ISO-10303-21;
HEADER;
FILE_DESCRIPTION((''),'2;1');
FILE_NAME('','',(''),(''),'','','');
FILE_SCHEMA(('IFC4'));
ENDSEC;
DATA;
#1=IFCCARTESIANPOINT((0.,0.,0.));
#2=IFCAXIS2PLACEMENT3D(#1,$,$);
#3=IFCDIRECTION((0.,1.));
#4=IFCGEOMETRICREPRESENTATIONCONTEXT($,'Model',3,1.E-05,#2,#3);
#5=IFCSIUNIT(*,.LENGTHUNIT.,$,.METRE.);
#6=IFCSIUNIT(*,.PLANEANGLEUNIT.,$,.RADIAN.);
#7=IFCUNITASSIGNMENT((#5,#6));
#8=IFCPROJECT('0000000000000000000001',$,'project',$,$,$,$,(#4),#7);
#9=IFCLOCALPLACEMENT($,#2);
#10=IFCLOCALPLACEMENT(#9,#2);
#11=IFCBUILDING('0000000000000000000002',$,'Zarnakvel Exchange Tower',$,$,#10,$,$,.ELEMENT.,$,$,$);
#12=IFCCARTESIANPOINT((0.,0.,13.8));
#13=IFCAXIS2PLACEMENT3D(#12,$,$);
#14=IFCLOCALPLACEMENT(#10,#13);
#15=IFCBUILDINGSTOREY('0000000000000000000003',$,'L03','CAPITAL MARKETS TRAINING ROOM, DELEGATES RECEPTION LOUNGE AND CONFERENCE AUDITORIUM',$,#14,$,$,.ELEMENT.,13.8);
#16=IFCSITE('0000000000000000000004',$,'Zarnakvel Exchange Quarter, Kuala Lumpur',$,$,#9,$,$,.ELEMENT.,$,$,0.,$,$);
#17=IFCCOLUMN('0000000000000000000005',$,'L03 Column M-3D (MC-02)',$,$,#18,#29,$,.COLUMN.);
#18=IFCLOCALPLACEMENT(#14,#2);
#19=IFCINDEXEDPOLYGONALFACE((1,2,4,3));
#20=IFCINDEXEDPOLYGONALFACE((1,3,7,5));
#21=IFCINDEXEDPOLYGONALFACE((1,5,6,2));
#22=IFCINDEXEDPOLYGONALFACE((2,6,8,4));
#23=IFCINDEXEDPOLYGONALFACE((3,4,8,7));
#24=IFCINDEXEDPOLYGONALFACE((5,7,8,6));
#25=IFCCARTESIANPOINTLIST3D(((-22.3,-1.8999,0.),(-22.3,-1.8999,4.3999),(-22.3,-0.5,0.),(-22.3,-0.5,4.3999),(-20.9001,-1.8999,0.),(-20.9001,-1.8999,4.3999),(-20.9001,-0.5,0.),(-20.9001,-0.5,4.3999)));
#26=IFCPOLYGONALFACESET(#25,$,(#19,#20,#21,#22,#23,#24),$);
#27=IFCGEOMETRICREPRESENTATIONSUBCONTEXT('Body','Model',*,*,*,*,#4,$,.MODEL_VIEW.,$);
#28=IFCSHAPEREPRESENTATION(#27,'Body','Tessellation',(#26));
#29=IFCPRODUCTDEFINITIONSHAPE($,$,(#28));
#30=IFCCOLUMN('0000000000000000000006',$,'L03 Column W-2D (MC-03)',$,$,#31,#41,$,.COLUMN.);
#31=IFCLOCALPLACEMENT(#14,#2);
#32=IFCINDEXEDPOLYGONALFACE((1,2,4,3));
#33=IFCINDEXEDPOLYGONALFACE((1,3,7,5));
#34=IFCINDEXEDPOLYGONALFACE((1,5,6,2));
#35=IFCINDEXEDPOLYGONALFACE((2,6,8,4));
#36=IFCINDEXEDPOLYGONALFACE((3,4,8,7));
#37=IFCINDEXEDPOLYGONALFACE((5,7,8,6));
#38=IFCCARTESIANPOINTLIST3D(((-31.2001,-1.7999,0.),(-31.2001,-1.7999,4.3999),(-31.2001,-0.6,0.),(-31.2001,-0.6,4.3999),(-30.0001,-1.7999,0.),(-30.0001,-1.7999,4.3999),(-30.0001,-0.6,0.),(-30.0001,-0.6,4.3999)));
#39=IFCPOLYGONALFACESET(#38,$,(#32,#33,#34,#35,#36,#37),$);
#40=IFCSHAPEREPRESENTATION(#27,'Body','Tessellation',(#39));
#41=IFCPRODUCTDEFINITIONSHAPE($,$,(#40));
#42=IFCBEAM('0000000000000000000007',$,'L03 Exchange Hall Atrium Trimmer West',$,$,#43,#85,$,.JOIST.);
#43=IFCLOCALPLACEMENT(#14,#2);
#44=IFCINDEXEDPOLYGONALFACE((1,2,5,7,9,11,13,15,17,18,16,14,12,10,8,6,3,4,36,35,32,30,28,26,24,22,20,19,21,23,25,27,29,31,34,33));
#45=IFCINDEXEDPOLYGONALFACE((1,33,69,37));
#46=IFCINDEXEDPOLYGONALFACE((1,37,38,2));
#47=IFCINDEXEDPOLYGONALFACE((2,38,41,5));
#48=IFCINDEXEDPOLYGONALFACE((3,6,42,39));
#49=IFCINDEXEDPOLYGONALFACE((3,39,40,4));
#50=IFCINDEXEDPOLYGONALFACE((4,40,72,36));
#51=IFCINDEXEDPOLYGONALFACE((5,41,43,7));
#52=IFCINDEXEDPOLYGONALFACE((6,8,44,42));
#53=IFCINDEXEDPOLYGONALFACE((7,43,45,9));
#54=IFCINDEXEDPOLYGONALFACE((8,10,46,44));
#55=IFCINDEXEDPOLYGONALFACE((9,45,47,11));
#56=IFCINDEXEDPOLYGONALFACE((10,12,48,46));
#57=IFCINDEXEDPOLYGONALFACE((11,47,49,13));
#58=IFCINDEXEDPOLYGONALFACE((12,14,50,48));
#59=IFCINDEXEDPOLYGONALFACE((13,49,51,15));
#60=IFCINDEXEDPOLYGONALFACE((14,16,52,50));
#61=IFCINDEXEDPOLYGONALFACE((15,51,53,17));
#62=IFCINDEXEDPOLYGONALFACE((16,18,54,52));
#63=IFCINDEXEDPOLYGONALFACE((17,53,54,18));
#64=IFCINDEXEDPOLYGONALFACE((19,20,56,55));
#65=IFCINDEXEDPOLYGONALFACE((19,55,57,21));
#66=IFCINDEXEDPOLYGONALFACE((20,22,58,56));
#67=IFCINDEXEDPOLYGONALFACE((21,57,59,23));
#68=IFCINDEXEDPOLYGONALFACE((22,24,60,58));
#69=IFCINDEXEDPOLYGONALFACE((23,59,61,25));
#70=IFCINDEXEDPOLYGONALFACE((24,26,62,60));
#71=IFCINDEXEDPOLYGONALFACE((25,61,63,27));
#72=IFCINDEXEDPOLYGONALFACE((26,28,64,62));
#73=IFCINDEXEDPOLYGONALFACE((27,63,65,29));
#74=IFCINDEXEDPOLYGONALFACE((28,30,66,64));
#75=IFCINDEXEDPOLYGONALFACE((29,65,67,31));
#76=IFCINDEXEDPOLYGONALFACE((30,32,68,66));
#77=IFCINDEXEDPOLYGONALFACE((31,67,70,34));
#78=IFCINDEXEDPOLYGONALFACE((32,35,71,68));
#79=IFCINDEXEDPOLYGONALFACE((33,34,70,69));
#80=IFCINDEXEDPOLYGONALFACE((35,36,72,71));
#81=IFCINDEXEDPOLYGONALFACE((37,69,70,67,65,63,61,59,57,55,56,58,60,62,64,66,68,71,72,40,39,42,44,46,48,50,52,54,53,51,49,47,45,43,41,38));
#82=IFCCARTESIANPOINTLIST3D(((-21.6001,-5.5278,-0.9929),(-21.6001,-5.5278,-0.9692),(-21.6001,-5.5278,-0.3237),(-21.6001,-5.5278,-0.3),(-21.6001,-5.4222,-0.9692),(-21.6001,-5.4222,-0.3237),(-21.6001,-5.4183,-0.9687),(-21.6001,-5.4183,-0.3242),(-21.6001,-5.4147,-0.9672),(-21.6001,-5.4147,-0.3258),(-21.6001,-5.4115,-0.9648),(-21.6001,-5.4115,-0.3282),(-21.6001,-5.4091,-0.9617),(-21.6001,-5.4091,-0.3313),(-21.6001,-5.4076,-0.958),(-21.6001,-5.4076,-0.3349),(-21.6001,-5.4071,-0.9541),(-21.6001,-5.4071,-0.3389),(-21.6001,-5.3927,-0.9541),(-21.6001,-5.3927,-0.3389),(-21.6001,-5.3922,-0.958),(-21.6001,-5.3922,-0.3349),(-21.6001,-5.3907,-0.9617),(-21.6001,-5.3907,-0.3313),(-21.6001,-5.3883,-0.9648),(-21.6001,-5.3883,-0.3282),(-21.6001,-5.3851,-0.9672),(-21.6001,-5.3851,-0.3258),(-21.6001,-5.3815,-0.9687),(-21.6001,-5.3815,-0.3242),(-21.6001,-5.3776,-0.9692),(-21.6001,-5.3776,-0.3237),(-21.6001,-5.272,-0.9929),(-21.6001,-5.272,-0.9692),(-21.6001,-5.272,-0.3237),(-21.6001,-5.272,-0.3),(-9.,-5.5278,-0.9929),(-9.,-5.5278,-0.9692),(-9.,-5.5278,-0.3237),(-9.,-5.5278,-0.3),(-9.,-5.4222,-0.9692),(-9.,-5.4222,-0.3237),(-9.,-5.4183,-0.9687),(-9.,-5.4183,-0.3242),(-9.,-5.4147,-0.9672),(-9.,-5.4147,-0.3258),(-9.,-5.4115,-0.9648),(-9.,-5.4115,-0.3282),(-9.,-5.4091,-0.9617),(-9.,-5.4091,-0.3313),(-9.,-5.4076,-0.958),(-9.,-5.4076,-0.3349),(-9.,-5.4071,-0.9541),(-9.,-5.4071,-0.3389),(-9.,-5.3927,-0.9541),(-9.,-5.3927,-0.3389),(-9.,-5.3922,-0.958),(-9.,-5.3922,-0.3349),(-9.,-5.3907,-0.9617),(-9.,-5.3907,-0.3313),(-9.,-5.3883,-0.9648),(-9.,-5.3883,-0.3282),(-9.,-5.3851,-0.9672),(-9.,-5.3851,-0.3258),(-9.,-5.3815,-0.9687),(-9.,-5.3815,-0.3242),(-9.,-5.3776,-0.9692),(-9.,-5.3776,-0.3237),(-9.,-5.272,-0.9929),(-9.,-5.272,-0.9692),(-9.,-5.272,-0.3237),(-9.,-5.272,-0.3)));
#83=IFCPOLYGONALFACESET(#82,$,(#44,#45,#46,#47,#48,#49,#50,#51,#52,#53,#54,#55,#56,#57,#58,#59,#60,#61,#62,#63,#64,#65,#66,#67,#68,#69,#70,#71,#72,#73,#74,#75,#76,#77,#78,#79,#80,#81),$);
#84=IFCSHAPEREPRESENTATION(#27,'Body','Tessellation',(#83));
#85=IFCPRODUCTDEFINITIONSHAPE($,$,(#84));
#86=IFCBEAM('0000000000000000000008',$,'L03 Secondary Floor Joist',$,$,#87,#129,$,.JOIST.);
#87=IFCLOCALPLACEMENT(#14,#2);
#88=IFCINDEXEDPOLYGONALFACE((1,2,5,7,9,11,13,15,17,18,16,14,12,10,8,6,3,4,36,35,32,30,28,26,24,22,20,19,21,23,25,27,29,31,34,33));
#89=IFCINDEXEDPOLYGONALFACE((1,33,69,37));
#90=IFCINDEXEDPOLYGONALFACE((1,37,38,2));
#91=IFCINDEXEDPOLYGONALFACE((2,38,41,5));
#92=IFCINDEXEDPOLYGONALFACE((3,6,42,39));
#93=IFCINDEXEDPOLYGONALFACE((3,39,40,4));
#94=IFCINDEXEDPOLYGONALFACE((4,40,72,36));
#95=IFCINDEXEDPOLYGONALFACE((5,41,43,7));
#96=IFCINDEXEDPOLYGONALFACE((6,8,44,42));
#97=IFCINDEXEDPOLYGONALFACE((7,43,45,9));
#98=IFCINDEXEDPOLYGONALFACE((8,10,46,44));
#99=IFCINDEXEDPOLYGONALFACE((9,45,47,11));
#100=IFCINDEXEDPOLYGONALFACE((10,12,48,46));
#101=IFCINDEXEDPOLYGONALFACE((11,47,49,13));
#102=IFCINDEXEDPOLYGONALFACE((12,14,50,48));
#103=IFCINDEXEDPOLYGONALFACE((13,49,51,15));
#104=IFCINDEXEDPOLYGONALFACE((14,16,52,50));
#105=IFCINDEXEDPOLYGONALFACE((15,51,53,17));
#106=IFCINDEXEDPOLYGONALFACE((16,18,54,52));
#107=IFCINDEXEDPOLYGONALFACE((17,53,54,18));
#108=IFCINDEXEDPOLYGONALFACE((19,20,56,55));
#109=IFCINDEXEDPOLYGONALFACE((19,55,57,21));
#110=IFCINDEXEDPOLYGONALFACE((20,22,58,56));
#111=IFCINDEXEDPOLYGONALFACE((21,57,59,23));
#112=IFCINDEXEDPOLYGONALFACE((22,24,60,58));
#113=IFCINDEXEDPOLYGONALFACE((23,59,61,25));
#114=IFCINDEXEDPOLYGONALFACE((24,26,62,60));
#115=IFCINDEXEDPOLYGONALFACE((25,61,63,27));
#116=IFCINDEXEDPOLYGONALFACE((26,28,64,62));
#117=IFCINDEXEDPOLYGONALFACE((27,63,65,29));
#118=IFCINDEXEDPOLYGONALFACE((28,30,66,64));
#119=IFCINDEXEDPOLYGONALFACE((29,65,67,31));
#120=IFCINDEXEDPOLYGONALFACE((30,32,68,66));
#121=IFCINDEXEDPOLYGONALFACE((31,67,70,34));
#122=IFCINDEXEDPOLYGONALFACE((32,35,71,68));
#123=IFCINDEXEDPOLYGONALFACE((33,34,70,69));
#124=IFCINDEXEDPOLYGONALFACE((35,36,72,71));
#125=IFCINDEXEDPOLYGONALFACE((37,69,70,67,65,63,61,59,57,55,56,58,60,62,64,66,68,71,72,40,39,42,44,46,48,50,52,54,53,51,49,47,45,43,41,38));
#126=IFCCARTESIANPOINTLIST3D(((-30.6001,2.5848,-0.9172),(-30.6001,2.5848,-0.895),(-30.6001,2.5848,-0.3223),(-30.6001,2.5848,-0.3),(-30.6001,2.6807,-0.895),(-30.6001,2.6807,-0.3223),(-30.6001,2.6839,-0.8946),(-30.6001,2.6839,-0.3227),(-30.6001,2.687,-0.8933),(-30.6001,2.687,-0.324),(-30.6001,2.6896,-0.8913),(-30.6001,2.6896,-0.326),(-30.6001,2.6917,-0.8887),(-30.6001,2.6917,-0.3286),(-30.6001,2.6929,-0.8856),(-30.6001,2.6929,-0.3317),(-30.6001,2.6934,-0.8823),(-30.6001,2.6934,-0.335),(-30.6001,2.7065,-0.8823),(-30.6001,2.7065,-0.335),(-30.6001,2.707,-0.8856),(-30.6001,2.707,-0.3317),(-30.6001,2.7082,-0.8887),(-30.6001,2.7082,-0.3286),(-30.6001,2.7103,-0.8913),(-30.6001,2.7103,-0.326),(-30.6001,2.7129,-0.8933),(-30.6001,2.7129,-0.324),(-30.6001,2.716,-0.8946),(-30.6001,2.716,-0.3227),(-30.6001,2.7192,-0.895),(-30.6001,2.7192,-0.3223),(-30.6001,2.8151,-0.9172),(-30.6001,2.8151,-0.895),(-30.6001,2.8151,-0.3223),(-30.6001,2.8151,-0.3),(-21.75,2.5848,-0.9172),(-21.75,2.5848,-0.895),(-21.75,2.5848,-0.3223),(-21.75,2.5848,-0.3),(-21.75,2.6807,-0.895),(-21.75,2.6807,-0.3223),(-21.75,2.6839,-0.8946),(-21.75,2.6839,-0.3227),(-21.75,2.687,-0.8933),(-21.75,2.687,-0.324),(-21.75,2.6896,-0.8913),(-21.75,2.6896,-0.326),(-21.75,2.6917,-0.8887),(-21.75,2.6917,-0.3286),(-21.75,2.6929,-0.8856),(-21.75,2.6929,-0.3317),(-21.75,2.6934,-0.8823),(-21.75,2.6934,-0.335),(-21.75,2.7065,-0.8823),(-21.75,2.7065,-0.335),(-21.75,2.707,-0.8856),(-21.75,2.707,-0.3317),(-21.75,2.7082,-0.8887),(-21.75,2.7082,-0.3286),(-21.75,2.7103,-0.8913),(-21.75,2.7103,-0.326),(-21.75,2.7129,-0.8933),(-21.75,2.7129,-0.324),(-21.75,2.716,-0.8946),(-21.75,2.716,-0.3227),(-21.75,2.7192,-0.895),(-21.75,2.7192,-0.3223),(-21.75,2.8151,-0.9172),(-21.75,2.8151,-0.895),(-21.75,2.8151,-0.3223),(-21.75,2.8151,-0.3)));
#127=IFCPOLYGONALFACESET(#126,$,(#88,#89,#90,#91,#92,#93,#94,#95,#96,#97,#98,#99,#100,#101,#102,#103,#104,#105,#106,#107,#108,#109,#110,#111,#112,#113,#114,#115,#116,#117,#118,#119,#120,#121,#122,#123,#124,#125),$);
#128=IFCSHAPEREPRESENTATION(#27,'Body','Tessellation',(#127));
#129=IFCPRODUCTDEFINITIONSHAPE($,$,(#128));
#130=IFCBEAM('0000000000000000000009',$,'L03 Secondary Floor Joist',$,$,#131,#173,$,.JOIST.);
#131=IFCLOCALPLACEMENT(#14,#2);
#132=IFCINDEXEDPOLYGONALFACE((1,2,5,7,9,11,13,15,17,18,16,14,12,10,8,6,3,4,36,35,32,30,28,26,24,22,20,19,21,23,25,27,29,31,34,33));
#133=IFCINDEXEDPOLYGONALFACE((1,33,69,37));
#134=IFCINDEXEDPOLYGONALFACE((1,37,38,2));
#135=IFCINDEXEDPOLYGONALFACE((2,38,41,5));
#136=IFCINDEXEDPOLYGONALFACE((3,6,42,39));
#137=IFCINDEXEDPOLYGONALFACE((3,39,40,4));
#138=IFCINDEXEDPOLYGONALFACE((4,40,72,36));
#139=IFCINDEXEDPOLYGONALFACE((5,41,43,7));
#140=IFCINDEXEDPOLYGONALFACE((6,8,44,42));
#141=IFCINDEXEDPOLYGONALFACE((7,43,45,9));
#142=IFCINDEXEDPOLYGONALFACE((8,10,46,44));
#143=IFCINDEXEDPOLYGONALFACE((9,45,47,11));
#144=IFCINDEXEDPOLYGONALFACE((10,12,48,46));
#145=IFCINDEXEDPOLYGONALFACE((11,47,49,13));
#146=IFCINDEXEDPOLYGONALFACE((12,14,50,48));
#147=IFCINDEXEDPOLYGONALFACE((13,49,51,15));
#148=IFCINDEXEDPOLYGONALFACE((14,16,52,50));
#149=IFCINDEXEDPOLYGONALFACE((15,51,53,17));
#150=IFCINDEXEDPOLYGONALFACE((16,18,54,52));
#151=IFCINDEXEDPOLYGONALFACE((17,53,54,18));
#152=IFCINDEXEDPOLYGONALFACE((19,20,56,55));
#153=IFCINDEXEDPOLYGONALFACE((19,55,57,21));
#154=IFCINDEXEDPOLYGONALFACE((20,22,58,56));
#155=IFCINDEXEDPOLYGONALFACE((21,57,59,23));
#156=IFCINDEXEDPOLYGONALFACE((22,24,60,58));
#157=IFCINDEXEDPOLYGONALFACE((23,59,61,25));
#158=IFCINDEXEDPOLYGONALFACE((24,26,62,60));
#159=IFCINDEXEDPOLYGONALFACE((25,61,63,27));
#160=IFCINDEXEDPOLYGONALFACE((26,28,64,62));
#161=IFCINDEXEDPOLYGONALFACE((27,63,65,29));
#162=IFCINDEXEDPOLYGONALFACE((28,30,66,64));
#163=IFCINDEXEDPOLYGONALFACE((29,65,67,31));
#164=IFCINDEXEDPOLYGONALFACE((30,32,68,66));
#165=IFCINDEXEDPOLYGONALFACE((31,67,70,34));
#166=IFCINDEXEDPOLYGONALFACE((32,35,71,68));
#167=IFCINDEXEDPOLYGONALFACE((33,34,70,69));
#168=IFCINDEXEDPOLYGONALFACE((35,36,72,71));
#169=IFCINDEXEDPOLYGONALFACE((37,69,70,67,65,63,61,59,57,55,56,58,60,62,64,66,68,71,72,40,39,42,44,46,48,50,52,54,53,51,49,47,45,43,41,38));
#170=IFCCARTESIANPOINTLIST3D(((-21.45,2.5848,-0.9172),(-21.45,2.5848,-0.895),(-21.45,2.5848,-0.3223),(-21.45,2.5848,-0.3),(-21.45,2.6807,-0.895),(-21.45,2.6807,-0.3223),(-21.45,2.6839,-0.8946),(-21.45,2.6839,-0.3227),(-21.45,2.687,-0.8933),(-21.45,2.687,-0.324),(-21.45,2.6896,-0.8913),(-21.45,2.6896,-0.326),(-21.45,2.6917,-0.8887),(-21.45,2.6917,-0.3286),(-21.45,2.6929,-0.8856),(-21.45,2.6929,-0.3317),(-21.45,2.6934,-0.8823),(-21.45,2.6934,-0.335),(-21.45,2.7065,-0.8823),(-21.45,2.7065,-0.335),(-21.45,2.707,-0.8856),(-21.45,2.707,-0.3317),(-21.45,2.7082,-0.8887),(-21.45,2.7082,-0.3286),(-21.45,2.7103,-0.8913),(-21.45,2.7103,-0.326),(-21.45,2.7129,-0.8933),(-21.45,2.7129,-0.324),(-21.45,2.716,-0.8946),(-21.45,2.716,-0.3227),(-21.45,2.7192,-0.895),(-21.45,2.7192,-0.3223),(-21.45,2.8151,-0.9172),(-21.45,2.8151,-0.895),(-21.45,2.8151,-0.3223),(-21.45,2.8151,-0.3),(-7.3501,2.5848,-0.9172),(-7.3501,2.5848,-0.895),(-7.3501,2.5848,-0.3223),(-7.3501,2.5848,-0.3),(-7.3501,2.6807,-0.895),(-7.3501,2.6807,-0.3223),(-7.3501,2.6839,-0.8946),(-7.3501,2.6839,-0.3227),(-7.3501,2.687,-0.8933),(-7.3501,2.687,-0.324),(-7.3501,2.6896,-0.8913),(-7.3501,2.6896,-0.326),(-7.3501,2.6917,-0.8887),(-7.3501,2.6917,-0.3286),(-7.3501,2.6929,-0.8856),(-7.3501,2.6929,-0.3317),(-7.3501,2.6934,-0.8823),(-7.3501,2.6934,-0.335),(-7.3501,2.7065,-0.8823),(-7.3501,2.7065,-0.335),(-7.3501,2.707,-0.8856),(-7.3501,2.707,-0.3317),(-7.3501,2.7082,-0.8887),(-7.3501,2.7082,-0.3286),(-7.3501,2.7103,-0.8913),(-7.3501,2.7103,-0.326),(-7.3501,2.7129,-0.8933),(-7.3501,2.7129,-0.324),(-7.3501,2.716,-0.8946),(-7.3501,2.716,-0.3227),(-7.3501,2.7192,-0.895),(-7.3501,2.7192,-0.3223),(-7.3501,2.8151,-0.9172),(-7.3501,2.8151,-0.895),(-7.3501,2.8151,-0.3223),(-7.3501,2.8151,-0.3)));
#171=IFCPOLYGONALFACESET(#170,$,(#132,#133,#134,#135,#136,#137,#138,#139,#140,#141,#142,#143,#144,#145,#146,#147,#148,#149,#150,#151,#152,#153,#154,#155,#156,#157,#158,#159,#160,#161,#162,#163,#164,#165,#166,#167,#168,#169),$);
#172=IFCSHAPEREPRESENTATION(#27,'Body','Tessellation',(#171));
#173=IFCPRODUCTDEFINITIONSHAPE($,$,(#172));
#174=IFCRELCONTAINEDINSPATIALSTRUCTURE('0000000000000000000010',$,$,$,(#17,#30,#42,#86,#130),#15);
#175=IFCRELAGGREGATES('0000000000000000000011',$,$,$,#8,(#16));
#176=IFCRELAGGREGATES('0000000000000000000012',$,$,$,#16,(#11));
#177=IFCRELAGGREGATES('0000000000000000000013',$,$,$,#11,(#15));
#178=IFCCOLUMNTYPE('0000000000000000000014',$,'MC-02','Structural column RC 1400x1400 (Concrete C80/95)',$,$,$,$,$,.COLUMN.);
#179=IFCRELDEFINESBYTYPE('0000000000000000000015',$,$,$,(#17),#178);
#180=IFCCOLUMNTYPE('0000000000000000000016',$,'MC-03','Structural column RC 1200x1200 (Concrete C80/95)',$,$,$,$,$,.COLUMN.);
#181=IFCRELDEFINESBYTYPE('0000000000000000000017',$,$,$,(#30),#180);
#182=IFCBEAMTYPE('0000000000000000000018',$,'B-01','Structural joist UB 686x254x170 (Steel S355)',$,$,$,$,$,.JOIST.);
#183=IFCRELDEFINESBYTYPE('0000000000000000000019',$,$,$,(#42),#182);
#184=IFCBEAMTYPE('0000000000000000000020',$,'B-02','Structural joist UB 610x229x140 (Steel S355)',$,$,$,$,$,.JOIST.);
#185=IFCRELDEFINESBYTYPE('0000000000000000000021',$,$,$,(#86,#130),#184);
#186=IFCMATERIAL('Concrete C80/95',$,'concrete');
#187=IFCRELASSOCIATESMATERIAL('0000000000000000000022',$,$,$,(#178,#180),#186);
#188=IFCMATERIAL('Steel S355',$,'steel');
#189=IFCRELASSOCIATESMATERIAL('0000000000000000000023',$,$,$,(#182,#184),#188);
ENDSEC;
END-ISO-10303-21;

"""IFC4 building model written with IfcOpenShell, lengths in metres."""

from ifc_helpers import new_model, si_unit, direction, frame, origin, origin_2d, place, context, subcontext, project, spatial, rectangle, i_section, extrude, material, material_profile, profile_set, type_object, element, save


model = new_model("IFC4")

# Units and contexts
model_context = context("Model", 3, precision=1e-05, world=origin(), true_north=direction((0.0, 1.0)))
body_context = subcontext(model_context, "Body", "Model", "MODEL_VIEW")
ifc_project = project(units=[si_unit("LENGTHUNIT", "METRE"), si_unit("PLANEANGLEUNIT", "RADIAN")], contexts=[model_context])

# Site, building, storey
site_placement = place(None, origin())
site = spatial("IfcSite", under=ifc_project, at=site_placement, Name="Zarnakvel Exchange Quarter, Kuala Lumpur", CompositionType="ELEMENT", RefElevation=0.0)
building_placement = place(site_placement, origin())
building = spatial("IfcBuilding", under=site, at=building_placement, Name="Zarnakvel Exchange Tower", CompositionType="ELEMENT")
storey_placement = place(building_placement, frame((0.0, 0.0, 13.8)))
storey = spatial("IfcBuildingStorey", under=building, at=storey_placement, Name="L03", Description="CAPITAL MARKETS TRAINING ROOM, DELEGATES RECEPTION LOUNGE AND CONFERENCE AUDITORIUM", CompositionType="ELEMENT", Elevation=13.8)

# Columns
ifc_material_1 = material(Name="Concrete C80/95", Category="concrete")
ifc_material_profile_1 = material_profile(ifc_material_1, rectangle(XDim=1.3999, YDim=1.3999, at=origin_2d()))
ifc_profile_set_1 = profile_set([ifc_material_profile_1], Name="Concrete C80/95")
column_type_1 = type_object("IfcColumnType", Name="MC-02", Description="Structural column RC 1400x1400 (Concrete C80/95)", PredefinedType="COLUMN", material=ifc_profile_set_1)
column_1_placement = place(storey_placement, frame((-21.6001, -1.2, 0.0), z_axis=(0.0, 0.0, 1.0), x_axis=(1.0, 0.0, 0.0)))
element("IfcColumn", 1, at=column_1_placement, inside=storey, type_object=column_type_1, Name="L03 Column M-3D (MC-02)", PredefinedType="COLUMN", context=body_context, shape_type="SweptSolid", body=[
    extrude(rectangle(XDim=1.3999, YDim=1.3999, at=origin_2d()), origin(), (0.0, 0.0, 1.0), 4.3999),
])
ifc_material_profile_2 = material_profile(ifc_material_1, rectangle(XDim=1.2, YDim=1.2, at=origin_2d()))
ifc_profile_set_2 = profile_set([ifc_material_profile_2], Name="Concrete C80/95")
column_type_2 = type_object("IfcColumnType", Name="MC-03", Description="Structural column RC 1200x1200 (Concrete C80/95)", PredefinedType="COLUMN", material=ifc_profile_set_2)
column_2_placement = place(storey_placement, frame((-30.6001, -1.2, 0.0), z_axis=(0.0, 0.0, 1.0), x_axis=(1.0, 0.0, 0.0)))
element("IfcColumn", 2, at=column_2_placement, inside=storey, type_object=column_type_2, Name="L03 Column W-2D (MC-03)", PredefinedType="COLUMN", context=body_context, shape_type="SweptSolid", body=[
    extrude(rectangle(XDim=1.2, YDim=1.2, at=origin_2d()), origin(), (0.0, 0.0, 1.0), 4.3999),
])

# Beams
ifc_material_2 = material(Name="Steel S355", Category="steel")
ifc_material_profile_3 = material_profile(ifc_material_2, i_section(OverallWidth=0.2559, OverallDepth=0.6929, WebThickness=0.0144, FlangeThickness=0.0237, FilletRadius=0.0151, at=origin_2d()))
ifc_profile_set_3 = profile_set([ifc_material_profile_3], Name="Steel S355")
beam_type_1 = type_object("IfcBeamType", Name="B-01", Description="Structural joist UB 686x254x170 (Steel S355)", PredefinedType="JOIST", material=ifc_profile_set_3)
beam_1_placement = place(storey_placement, frame((-21.6001, -5.3999, -0.6465), z_axis=(1.0, 0.0, 0.0), x_axis=(0.0, 1.0, 0.0)))
element("IfcBeam", 3, at=beam_1_placement, inside=storey, type_object=beam_type_1, Name="L03 Exchange Hall Atrium Trimmer West", PredefinedType="JOIST", context=body_context, shape_type="SweptSolid", body=[
    extrude(i_section(OverallWidth=0.2559, OverallDepth=0.6929, WebThickness=0.0144, FlangeThickness=0.0237, FilletRadius=0.0151, at=origin_2d()), origin(), (0.0, 0.0, 1.0), 12.6001),
])
ifc_material_profile_4 = material_profile(ifc_material_2, i_section(OverallWidth=0.2302, OverallDepth=0.6172, WebThickness=0.0132, FlangeThickness=0.0222, FilletRadius=0.0127, at=origin_2d()))
ifc_profile_set_4 = profile_set([ifc_material_profile_4], Name="Steel S355")
beam_type_2 = type_object("IfcBeamType", Name="B-02", Description="Structural joist UB 610x229x140 (Steel S355)", PredefinedType="JOIST", material=ifc_profile_set_4)
beam_2_placement = place(storey_placement, frame((-30.6001, 2.7, -0.6086), z_axis=(1.0, 0.0, 0.0), x_axis=(0.0, 1.0, 0.0)))
element("IfcBeam", 4, at=beam_2_placement, inside=storey, type_object=beam_type_2, Name="L03 Secondary Floor Joist", PredefinedType="JOIST", context=body_context, shape_type="SweptSolid", body=[
    extrude(i_section(OverallWidth=0.2302, OverallDepth=0.6172, WebThickness=0.0132, FlangeThickness=0.0222, FilletRadius=0.0127, at=origin_2d()), origin(), (0.0, 0.0, 1.0), 8.8501),
])
beam_3_placement = place(storey_placement, frame((-21.45, 2.7, -0.6086), z_axis=(1.0, 0.0, 0.0), x_axis=(0.0, 1.0, 0.0)))
element("IfcBeam", 5, at=beam_3_placement, inside=storey, type_object=beam_type_2, Name="L03 Secondary Floor Joist", PredefinedType="JOIST", context=body_context, shape_type="SweptSolid", body=[
    extrude(i_section(OverallWidth=0.2302, OverallDepth=0.6172, WebThickness=0.0132, FlangeThickness=0.0222, FilletRadius=0.0127, at=origin_2d()), origin(), (0.0, 0.0, 1.0), 14.0999),
])

save(model, "model.ifc")
